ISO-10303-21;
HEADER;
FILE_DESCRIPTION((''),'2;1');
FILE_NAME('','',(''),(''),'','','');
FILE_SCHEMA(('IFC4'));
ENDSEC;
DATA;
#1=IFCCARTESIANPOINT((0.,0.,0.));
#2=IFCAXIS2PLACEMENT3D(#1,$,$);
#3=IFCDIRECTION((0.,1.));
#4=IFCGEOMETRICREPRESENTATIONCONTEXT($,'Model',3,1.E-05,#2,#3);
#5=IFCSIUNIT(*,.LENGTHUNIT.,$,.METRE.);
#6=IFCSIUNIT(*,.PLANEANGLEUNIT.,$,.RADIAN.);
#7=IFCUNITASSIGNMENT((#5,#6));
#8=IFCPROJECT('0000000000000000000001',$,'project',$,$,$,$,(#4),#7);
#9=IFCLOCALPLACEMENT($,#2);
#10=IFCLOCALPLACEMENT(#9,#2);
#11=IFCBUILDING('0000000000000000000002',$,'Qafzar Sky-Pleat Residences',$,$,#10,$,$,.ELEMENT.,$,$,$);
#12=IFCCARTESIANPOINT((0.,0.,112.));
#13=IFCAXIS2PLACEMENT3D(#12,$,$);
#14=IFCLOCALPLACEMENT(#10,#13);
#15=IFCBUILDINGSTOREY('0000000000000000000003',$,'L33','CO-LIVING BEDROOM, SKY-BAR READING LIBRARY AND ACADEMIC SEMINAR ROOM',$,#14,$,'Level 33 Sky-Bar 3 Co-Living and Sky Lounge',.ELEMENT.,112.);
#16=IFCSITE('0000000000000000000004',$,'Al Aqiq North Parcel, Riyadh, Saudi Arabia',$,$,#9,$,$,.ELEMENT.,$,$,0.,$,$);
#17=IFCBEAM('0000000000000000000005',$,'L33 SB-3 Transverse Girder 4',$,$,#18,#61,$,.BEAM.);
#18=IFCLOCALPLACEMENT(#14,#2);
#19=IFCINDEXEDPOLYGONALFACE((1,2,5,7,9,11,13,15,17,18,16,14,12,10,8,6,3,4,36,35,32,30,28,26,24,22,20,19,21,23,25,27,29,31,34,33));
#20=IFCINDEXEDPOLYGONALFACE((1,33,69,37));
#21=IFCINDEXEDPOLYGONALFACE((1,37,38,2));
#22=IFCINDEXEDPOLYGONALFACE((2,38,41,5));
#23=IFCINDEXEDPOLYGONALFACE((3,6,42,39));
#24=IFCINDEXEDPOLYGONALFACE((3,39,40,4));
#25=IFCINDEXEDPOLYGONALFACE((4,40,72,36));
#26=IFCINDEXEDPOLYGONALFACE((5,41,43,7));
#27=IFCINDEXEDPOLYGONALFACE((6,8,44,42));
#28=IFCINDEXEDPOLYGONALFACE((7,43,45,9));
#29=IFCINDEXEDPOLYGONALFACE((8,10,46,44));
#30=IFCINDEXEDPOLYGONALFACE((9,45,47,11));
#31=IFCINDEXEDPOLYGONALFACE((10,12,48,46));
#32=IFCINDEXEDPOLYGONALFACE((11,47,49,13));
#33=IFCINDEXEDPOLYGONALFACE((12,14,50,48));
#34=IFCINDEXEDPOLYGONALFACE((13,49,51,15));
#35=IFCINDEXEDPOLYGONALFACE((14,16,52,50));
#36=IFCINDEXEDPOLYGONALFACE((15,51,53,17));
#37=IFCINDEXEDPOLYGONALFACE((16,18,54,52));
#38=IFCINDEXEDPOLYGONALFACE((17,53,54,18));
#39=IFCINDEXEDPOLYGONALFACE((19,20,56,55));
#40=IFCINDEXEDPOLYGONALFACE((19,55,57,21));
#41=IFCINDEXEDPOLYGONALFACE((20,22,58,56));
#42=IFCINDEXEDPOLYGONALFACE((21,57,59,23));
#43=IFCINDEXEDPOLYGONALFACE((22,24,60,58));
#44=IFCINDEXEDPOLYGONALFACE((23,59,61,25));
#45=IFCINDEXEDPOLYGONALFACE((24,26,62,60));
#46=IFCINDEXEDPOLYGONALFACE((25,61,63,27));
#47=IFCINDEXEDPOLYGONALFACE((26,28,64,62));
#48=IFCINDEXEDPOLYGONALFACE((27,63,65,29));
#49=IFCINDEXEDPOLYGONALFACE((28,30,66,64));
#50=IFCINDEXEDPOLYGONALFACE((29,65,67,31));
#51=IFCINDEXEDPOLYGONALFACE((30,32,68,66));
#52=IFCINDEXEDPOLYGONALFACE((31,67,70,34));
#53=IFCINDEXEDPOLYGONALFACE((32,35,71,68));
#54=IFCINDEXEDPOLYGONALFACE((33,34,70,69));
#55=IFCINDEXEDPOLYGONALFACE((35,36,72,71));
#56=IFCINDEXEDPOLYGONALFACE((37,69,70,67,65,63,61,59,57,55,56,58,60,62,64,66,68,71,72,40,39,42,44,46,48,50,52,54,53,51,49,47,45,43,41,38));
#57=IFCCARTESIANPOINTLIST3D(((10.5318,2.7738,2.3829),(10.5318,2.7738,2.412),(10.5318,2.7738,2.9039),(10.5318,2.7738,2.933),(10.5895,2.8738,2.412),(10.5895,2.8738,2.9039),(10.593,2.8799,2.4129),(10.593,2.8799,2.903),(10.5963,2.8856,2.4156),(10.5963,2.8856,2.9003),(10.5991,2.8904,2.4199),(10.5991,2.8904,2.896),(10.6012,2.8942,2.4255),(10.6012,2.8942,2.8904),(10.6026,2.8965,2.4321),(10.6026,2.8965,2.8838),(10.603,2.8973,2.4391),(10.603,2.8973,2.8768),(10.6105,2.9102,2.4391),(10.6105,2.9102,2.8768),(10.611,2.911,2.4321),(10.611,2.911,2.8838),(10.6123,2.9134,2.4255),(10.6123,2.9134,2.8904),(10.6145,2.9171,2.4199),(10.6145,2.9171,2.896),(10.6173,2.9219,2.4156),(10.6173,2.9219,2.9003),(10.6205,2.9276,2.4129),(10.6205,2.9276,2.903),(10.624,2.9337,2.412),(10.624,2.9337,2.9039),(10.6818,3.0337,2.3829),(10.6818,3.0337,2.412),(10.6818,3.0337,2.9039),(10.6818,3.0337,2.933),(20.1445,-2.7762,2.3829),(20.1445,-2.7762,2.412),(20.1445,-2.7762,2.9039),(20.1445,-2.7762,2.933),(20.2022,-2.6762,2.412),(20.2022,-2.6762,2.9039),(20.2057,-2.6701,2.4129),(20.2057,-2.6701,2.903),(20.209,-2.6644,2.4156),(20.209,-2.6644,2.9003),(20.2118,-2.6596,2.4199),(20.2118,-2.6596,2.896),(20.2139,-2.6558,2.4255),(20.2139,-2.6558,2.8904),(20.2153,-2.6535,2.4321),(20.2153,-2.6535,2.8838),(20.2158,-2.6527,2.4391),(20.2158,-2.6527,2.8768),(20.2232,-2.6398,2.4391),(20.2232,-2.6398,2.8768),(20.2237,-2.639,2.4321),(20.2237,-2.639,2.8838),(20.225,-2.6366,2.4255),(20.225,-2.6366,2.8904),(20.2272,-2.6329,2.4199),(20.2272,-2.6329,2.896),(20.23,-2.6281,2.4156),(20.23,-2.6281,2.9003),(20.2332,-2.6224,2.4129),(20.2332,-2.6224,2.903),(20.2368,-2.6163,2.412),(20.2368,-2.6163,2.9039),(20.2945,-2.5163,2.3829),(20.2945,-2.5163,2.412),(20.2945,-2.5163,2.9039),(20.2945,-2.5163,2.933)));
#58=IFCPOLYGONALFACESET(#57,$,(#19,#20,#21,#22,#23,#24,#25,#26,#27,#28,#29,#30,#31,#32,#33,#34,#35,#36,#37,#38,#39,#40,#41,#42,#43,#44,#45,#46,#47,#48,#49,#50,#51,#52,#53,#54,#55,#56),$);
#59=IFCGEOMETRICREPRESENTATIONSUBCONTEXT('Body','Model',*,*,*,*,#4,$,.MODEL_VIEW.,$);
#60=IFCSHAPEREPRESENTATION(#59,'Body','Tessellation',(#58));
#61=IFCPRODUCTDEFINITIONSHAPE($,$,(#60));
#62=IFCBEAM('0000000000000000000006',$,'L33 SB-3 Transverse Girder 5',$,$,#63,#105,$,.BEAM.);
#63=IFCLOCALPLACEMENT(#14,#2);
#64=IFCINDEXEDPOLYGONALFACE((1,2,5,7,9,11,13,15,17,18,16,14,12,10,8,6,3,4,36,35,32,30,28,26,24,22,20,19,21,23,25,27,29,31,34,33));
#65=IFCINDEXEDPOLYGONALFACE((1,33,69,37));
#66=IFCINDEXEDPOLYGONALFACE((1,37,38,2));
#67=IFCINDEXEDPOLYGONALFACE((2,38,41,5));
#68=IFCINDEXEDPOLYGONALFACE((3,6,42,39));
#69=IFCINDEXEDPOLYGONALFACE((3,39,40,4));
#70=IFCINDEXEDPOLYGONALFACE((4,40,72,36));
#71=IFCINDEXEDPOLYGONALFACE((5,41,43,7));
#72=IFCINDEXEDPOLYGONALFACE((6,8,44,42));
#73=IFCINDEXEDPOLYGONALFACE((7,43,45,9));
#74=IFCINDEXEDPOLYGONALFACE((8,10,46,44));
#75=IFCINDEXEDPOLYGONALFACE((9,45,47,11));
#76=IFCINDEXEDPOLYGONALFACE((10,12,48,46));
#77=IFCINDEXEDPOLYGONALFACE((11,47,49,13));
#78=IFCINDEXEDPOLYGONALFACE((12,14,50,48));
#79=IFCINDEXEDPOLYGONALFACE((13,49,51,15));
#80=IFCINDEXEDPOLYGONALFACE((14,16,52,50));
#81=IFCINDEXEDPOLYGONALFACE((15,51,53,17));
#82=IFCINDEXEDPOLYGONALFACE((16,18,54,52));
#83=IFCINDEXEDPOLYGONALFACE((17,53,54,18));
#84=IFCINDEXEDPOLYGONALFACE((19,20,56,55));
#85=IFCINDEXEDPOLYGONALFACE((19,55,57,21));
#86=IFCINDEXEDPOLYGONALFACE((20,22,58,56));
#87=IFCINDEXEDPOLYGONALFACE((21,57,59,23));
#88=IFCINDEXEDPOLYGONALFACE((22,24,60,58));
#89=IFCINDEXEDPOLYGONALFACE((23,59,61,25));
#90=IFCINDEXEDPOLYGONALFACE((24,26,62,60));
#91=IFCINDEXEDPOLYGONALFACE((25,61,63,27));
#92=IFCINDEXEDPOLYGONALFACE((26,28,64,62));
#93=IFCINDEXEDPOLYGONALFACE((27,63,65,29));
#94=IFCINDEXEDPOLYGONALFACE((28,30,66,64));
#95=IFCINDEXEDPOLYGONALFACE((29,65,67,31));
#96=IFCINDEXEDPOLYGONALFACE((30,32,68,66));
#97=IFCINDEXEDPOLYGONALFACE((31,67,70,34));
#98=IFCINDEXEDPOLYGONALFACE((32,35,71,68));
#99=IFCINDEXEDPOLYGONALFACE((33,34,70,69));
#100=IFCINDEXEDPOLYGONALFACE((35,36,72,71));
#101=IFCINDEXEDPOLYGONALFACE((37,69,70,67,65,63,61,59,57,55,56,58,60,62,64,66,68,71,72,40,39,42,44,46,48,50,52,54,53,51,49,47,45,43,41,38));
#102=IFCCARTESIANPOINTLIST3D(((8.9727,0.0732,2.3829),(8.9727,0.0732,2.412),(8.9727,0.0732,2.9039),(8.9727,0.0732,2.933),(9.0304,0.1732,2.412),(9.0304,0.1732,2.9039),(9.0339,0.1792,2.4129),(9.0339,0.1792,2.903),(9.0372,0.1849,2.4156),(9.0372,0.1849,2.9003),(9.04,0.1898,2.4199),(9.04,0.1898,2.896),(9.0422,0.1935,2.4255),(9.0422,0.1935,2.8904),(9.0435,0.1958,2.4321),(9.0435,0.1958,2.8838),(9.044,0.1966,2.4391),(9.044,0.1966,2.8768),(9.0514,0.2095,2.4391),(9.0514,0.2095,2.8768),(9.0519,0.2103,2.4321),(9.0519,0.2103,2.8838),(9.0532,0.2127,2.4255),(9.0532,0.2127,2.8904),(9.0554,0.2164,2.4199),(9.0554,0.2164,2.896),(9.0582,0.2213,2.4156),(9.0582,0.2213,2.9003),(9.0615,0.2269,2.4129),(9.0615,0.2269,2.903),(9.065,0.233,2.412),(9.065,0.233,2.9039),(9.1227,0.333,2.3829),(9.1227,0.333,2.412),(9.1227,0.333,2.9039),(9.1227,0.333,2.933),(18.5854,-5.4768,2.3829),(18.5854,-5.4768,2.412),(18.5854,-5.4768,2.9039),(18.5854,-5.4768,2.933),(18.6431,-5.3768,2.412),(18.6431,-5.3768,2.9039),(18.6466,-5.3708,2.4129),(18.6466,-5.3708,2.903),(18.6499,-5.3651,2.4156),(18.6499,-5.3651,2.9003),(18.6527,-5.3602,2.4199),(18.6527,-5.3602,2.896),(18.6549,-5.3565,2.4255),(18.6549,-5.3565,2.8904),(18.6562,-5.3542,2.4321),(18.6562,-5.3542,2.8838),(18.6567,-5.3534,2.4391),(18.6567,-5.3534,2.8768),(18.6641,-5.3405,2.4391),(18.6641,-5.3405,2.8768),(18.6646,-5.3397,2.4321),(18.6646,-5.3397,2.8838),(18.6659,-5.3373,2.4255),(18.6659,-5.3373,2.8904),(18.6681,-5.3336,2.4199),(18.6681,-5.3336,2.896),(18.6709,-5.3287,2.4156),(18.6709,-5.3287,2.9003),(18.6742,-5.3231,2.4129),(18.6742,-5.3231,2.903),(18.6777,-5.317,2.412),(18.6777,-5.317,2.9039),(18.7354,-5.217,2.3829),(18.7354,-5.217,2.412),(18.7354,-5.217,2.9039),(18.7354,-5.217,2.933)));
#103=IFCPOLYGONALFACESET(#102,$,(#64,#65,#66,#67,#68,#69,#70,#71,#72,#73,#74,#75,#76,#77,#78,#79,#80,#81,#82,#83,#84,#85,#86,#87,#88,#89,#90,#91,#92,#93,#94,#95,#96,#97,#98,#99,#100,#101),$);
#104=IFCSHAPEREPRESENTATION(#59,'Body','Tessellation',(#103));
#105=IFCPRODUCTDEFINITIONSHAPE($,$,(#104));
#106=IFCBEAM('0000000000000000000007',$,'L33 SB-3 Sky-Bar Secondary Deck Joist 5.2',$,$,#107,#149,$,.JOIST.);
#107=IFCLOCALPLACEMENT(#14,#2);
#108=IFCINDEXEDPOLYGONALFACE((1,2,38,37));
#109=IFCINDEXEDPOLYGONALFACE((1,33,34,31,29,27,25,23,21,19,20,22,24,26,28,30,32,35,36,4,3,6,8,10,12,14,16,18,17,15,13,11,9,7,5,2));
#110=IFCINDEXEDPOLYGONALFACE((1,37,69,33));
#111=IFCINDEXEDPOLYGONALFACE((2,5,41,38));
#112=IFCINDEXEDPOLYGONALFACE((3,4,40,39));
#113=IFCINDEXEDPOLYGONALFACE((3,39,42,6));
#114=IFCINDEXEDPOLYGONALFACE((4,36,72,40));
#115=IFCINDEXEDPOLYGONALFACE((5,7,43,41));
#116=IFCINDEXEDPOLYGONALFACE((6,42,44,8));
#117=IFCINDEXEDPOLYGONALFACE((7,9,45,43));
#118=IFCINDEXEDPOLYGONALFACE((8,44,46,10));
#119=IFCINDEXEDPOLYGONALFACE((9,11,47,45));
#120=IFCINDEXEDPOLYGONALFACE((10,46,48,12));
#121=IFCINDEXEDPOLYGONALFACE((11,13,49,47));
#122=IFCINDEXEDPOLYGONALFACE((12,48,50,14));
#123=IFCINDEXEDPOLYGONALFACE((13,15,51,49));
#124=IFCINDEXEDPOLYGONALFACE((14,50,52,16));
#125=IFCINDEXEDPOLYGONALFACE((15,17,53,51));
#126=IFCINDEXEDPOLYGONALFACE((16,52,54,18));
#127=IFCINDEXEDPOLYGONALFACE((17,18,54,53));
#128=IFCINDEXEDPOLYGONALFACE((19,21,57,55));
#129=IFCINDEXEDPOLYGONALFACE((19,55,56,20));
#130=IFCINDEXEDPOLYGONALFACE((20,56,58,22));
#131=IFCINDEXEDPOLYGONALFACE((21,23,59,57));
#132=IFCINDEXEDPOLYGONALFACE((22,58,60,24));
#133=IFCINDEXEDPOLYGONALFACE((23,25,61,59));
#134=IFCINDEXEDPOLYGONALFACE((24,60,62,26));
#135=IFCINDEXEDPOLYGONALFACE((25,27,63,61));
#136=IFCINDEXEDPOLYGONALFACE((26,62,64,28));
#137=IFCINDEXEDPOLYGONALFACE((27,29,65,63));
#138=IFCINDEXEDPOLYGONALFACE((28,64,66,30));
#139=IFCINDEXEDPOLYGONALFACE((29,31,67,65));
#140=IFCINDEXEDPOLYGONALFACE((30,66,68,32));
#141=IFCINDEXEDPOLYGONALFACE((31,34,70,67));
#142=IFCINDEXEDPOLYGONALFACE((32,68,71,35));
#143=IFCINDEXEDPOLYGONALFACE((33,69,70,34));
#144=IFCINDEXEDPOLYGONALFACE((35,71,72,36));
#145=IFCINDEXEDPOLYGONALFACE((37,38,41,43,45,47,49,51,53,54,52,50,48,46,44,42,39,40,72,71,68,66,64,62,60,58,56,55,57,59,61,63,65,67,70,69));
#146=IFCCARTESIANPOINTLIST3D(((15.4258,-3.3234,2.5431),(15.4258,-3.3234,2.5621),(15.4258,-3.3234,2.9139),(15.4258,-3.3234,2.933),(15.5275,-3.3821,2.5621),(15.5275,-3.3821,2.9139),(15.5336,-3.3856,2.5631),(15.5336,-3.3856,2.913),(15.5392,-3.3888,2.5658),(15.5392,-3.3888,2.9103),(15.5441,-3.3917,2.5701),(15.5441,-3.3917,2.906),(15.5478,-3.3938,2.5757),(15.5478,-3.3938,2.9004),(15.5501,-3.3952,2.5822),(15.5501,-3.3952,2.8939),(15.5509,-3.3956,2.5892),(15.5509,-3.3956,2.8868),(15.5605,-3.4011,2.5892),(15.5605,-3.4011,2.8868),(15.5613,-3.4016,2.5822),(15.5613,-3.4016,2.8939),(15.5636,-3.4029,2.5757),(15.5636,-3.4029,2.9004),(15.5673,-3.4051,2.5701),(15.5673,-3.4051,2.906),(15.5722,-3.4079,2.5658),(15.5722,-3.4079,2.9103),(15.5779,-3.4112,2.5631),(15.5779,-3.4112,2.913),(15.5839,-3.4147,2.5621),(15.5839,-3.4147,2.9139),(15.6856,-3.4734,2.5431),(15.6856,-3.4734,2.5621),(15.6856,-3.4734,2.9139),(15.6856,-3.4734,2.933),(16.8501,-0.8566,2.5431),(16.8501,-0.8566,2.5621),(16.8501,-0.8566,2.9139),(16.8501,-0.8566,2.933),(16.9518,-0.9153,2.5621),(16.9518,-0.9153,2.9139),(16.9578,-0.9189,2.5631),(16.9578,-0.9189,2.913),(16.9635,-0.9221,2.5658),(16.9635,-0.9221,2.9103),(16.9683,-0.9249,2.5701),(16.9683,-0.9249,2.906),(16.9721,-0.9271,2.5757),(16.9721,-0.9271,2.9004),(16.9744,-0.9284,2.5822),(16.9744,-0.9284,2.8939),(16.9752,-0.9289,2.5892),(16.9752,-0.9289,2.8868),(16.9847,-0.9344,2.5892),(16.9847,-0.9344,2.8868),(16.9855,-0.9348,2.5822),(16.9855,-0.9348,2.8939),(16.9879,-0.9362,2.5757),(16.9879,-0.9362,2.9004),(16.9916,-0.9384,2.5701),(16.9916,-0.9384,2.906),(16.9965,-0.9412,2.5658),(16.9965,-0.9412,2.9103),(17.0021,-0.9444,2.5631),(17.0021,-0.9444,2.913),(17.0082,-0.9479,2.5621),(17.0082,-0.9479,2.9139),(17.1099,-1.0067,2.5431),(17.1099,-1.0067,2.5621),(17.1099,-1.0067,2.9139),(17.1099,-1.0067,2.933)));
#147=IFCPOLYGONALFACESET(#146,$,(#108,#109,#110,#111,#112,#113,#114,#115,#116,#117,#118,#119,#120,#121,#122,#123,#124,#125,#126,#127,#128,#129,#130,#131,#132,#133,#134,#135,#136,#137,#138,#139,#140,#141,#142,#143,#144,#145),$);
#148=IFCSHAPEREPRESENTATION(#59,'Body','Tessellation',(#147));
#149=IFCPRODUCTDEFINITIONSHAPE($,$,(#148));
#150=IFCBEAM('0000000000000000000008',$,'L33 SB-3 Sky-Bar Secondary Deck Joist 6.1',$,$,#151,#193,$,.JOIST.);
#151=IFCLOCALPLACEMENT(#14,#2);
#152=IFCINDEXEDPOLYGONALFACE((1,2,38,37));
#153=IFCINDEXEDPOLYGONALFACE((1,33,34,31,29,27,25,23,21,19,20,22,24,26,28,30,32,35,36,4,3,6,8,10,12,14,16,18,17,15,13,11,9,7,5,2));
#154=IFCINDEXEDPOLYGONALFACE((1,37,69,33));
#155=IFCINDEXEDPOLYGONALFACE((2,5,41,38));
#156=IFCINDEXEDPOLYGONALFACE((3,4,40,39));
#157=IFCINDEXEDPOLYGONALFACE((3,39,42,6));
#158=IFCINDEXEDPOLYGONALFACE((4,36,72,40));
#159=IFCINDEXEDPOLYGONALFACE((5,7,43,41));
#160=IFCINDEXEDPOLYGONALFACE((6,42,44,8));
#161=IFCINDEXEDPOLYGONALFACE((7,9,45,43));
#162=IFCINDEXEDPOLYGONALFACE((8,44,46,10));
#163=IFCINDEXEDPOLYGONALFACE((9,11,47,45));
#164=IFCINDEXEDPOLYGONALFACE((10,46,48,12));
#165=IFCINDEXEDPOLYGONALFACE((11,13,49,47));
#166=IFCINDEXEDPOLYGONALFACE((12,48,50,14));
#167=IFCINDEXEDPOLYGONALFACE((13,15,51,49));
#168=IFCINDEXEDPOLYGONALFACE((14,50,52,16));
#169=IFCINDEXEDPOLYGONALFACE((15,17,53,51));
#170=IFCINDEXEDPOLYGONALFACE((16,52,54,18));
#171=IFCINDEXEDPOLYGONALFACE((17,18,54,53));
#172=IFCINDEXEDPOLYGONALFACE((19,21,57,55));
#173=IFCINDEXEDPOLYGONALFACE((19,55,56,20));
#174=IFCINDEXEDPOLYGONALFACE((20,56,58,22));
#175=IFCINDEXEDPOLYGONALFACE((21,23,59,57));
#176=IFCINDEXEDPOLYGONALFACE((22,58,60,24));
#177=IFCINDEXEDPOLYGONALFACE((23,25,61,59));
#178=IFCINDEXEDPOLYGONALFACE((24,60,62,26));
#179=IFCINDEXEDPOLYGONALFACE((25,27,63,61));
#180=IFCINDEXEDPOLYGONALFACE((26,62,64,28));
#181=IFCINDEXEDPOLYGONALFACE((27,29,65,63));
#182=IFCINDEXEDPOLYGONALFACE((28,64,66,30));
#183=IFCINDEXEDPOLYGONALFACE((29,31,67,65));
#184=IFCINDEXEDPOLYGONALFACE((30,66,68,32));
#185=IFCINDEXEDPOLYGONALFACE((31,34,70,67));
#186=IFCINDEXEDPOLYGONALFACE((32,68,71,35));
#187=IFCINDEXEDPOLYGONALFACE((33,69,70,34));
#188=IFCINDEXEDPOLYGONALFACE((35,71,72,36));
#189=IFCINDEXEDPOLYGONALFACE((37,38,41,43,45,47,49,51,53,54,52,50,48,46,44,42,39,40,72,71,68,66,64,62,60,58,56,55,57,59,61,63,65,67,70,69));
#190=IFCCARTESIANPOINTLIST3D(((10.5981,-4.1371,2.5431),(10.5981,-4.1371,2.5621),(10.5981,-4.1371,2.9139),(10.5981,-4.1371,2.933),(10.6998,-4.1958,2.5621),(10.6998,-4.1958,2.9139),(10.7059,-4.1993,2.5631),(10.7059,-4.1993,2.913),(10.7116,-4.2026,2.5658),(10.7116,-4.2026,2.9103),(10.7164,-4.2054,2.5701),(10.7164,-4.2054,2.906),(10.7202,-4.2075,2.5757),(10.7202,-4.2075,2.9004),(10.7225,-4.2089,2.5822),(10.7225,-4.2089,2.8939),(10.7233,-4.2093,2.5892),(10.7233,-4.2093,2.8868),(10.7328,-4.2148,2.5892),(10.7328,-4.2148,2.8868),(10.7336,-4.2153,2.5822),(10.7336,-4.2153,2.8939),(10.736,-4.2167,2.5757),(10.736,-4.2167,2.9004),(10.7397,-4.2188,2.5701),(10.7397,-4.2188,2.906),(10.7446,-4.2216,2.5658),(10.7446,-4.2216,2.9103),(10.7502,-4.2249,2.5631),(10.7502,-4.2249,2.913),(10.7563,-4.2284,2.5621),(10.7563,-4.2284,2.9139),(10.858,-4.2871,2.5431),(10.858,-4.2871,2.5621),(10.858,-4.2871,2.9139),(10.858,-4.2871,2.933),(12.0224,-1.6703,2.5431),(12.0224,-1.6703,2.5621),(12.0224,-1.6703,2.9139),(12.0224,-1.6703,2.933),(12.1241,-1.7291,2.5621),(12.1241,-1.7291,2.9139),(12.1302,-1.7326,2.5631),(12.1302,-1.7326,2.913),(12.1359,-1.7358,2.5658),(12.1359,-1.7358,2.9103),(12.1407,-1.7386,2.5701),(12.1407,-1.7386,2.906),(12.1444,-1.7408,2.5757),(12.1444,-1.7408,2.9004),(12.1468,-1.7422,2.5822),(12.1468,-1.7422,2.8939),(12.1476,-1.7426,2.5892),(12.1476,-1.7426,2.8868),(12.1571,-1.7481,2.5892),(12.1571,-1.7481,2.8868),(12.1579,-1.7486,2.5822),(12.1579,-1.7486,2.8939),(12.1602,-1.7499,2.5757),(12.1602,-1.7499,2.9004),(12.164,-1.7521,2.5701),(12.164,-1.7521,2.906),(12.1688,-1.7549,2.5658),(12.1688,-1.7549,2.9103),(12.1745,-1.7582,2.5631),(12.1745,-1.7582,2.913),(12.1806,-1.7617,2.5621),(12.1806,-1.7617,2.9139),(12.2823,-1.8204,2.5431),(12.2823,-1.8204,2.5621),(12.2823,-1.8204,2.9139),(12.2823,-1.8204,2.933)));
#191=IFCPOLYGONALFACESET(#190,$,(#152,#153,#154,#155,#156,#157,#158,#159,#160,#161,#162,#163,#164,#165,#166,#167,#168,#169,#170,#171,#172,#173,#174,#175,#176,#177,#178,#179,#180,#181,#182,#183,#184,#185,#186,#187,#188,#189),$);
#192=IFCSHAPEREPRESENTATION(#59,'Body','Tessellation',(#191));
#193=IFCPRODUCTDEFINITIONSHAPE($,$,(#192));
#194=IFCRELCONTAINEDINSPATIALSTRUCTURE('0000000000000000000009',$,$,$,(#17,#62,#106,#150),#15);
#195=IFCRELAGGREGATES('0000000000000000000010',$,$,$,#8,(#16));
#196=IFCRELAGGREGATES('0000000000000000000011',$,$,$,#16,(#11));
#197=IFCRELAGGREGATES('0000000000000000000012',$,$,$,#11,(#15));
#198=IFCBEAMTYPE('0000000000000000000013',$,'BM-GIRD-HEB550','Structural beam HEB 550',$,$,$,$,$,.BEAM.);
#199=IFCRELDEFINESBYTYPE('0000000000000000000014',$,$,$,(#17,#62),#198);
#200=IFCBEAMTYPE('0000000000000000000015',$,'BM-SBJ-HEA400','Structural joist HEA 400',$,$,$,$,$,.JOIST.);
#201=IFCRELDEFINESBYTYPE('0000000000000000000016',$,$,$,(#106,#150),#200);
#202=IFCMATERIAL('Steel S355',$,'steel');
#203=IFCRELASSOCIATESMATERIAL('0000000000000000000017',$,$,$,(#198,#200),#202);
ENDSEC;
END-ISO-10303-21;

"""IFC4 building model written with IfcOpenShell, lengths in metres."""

from ifc_helpers import new_model, si_unit, direction, frame, origin, origin_2d, place, context, subcontext, project, spatial, i_section, extrude, source, transform, mapped, material, material_profile, profile_set, type_object, element, save


model = new_model("IFC4")

# Units and contexts
model_context = context("Model", 3, precision=1e-05, world=origin(), true_north=direction((0.0, 1.0)))
body_context = subcontext(model_context, "Body", "Model", "MODEL_VIEW")
ifc_project = project(units=[si_unit("LENGTHUNIT", "METRE"), si_unit("PLANEANGLEUNIT", "RADIAN")], contexts=[model_context])

# Site, building, storey
site_placement = place(None, origin())
site = spatial("IfcSite", under=ifc_project, at=site_placement, Name="Al Aqiq North Parcel, Riyadh, Saudi Arabia", CompositionType="ELEMENT", RefElevation=0.0)
building_placement = place(site_placement, origin())
building = spatial("IfcBuilding", under=site, at=building_placement, Name="Qafzar Sky-Pleat Residences", CompositionType="ELEMENT")
storey_placement = place(building_placement, frame((0.0, 0.0, 112.0)))
storey = spatial("IfcBuildingStorey", under=building, at=storey_placement, Name="L33", Description="CO-LIVING BEDROOM, SKY-BAR READING LIBRARY AND ACADEMIC SEMINAR ROOM", LongName="Level 33 Sky-Bar 3 Co-Living and Sky Lounge", CompositionType="ELEMENT", Elevation=112.0)

# Beams
ifc_material_1 = material(Name="Steel S355", Category="steel")
ifc_material_profile_1 = material_profile(ifc_material_1, i_section(OverallWidth=0.3, OverallDepth=0.55, WebThickness=0.0149, FlangeThickness=0.0291, FilletRadius=0.0271, at=origin_2d()), Name="HEB 550")
ifc_profile_set_1 = profile_set([ifc_material_profile_1], Name="Steel S355")
beam_type_1 = type_object("IfcBeamType", Name="BM-GIRD-HEB550", Description="Structural beam HEB 550", PredefinedType="BEAM", material=ifc_profile_set_1)
shared_shape_1 = source(origin(), body_context, "Body", "SweptSolid", [
    extrude(i_section(OverallWidth=0.3, OverallDepth=0.55, WebThickness=0.0149, FlangeThickness=0.0291, FilletRadius=0.0271, at=origin_2d()), origin(), (0.0, 0.0, 1.0), 11.0999),
])
for number, where, z_axis, x_axis, name in (
    (1, (20.2195, -2.6462, 2.658), (-0.866021, 0.500007, 0.0), (-0.500007, -0.866021, 0.0), "L33 SB-3 Transverse Girder 4"),
    (2, (18.6604, -5.3469, 2.658), (-0.866021, 0.500007, 0.0), (-0.500007, -0.866021, 0.0), "L33 SB-3 Transverse Girder 5"),
):
    element("IfcBeam", number, at=place(storey_placement, frame(where, z_axis=z_axis, x_axis=x_axis)), inside=storey, type_object=beam_type_1, Name=name, PredefinedType="BEAM", context=body_context, shape_type="MappedRepresentation", body=[
        mapped(shared_shape_1, transform((0.0, 0.0, 0.0), x_axis=(1.0, 0.0, 0.0), y_axis=(0.0, 1.0, 0.0), z_axis=(0.0, 0.0, 1.0), scale=1.0)),
    ])
ifc_material_profile_2 = material_profile(ifc_material_1, i_section(OverallWidth=0.3, OverallDepth=0.3899, WebThickness=0.011, FlangeThickness=0.019, FilletRadius=0.0271, at=origin_2d()), Name="HEA 400")
ifc_profile_set_2 = profile_set([ifc_material_profile_2], Name="Steel S355")
beam_type_2 = type_object("IfcBeamType", Name="BM-SBJ-HEA400", Description="Structural joist HEA 400", PredefinedType="JOIST", material=ifc_profile_set_2)
shared_shape_2 = source(origin(), body_context, "Body", "SweptSolid", [
    extrude(i_section(OverallWidth=0.3, OverallDepth=0.3899, WebThickness=0.011, FlangeThickness=0.019, FilletRadius=0.0271, at=origin_2d()), origin(), (0.0, 0.0, 1.0), 2.8484),
])
for number, where, z_axis, x_axis, name in (
    (3, (16.98, -0.9316, 2.738), (-0.500029, -0.866009, 0.0), (0.866009, -0.500029, 0.0), "L33 SB-3 Sky-Bar Secondary Deck Joist 5.2"),
    (4, (12.1523, -1.7454, 2.738), (-0.500029, -0.866009, 0.0), (0.866009, -0.500029, 0.0), "L33 SB-3 Sky-Bar Secondary Deck Joist 6.1"),
):
    element("IfcBeam", number, at=place(storey_placement, frame(where, z_axis=z_axis, x_axis=x_axis)), inside=storey, type_object=beam_type_2, Name=name, PredefinedType="JOIST", context=body_context, shape_type="MappedRepresentation", body=[
        mapped(shared_shape_2, transform((0.0, 0.0, 0.0), x_axis=(1.0, 0.0, 0.0), y_axis=(0.0, 1.0, 0.0), z_axis=(0.0, 0.0, 1.0), scale=1.0)),
    ])

save(model, "model.ifc")
